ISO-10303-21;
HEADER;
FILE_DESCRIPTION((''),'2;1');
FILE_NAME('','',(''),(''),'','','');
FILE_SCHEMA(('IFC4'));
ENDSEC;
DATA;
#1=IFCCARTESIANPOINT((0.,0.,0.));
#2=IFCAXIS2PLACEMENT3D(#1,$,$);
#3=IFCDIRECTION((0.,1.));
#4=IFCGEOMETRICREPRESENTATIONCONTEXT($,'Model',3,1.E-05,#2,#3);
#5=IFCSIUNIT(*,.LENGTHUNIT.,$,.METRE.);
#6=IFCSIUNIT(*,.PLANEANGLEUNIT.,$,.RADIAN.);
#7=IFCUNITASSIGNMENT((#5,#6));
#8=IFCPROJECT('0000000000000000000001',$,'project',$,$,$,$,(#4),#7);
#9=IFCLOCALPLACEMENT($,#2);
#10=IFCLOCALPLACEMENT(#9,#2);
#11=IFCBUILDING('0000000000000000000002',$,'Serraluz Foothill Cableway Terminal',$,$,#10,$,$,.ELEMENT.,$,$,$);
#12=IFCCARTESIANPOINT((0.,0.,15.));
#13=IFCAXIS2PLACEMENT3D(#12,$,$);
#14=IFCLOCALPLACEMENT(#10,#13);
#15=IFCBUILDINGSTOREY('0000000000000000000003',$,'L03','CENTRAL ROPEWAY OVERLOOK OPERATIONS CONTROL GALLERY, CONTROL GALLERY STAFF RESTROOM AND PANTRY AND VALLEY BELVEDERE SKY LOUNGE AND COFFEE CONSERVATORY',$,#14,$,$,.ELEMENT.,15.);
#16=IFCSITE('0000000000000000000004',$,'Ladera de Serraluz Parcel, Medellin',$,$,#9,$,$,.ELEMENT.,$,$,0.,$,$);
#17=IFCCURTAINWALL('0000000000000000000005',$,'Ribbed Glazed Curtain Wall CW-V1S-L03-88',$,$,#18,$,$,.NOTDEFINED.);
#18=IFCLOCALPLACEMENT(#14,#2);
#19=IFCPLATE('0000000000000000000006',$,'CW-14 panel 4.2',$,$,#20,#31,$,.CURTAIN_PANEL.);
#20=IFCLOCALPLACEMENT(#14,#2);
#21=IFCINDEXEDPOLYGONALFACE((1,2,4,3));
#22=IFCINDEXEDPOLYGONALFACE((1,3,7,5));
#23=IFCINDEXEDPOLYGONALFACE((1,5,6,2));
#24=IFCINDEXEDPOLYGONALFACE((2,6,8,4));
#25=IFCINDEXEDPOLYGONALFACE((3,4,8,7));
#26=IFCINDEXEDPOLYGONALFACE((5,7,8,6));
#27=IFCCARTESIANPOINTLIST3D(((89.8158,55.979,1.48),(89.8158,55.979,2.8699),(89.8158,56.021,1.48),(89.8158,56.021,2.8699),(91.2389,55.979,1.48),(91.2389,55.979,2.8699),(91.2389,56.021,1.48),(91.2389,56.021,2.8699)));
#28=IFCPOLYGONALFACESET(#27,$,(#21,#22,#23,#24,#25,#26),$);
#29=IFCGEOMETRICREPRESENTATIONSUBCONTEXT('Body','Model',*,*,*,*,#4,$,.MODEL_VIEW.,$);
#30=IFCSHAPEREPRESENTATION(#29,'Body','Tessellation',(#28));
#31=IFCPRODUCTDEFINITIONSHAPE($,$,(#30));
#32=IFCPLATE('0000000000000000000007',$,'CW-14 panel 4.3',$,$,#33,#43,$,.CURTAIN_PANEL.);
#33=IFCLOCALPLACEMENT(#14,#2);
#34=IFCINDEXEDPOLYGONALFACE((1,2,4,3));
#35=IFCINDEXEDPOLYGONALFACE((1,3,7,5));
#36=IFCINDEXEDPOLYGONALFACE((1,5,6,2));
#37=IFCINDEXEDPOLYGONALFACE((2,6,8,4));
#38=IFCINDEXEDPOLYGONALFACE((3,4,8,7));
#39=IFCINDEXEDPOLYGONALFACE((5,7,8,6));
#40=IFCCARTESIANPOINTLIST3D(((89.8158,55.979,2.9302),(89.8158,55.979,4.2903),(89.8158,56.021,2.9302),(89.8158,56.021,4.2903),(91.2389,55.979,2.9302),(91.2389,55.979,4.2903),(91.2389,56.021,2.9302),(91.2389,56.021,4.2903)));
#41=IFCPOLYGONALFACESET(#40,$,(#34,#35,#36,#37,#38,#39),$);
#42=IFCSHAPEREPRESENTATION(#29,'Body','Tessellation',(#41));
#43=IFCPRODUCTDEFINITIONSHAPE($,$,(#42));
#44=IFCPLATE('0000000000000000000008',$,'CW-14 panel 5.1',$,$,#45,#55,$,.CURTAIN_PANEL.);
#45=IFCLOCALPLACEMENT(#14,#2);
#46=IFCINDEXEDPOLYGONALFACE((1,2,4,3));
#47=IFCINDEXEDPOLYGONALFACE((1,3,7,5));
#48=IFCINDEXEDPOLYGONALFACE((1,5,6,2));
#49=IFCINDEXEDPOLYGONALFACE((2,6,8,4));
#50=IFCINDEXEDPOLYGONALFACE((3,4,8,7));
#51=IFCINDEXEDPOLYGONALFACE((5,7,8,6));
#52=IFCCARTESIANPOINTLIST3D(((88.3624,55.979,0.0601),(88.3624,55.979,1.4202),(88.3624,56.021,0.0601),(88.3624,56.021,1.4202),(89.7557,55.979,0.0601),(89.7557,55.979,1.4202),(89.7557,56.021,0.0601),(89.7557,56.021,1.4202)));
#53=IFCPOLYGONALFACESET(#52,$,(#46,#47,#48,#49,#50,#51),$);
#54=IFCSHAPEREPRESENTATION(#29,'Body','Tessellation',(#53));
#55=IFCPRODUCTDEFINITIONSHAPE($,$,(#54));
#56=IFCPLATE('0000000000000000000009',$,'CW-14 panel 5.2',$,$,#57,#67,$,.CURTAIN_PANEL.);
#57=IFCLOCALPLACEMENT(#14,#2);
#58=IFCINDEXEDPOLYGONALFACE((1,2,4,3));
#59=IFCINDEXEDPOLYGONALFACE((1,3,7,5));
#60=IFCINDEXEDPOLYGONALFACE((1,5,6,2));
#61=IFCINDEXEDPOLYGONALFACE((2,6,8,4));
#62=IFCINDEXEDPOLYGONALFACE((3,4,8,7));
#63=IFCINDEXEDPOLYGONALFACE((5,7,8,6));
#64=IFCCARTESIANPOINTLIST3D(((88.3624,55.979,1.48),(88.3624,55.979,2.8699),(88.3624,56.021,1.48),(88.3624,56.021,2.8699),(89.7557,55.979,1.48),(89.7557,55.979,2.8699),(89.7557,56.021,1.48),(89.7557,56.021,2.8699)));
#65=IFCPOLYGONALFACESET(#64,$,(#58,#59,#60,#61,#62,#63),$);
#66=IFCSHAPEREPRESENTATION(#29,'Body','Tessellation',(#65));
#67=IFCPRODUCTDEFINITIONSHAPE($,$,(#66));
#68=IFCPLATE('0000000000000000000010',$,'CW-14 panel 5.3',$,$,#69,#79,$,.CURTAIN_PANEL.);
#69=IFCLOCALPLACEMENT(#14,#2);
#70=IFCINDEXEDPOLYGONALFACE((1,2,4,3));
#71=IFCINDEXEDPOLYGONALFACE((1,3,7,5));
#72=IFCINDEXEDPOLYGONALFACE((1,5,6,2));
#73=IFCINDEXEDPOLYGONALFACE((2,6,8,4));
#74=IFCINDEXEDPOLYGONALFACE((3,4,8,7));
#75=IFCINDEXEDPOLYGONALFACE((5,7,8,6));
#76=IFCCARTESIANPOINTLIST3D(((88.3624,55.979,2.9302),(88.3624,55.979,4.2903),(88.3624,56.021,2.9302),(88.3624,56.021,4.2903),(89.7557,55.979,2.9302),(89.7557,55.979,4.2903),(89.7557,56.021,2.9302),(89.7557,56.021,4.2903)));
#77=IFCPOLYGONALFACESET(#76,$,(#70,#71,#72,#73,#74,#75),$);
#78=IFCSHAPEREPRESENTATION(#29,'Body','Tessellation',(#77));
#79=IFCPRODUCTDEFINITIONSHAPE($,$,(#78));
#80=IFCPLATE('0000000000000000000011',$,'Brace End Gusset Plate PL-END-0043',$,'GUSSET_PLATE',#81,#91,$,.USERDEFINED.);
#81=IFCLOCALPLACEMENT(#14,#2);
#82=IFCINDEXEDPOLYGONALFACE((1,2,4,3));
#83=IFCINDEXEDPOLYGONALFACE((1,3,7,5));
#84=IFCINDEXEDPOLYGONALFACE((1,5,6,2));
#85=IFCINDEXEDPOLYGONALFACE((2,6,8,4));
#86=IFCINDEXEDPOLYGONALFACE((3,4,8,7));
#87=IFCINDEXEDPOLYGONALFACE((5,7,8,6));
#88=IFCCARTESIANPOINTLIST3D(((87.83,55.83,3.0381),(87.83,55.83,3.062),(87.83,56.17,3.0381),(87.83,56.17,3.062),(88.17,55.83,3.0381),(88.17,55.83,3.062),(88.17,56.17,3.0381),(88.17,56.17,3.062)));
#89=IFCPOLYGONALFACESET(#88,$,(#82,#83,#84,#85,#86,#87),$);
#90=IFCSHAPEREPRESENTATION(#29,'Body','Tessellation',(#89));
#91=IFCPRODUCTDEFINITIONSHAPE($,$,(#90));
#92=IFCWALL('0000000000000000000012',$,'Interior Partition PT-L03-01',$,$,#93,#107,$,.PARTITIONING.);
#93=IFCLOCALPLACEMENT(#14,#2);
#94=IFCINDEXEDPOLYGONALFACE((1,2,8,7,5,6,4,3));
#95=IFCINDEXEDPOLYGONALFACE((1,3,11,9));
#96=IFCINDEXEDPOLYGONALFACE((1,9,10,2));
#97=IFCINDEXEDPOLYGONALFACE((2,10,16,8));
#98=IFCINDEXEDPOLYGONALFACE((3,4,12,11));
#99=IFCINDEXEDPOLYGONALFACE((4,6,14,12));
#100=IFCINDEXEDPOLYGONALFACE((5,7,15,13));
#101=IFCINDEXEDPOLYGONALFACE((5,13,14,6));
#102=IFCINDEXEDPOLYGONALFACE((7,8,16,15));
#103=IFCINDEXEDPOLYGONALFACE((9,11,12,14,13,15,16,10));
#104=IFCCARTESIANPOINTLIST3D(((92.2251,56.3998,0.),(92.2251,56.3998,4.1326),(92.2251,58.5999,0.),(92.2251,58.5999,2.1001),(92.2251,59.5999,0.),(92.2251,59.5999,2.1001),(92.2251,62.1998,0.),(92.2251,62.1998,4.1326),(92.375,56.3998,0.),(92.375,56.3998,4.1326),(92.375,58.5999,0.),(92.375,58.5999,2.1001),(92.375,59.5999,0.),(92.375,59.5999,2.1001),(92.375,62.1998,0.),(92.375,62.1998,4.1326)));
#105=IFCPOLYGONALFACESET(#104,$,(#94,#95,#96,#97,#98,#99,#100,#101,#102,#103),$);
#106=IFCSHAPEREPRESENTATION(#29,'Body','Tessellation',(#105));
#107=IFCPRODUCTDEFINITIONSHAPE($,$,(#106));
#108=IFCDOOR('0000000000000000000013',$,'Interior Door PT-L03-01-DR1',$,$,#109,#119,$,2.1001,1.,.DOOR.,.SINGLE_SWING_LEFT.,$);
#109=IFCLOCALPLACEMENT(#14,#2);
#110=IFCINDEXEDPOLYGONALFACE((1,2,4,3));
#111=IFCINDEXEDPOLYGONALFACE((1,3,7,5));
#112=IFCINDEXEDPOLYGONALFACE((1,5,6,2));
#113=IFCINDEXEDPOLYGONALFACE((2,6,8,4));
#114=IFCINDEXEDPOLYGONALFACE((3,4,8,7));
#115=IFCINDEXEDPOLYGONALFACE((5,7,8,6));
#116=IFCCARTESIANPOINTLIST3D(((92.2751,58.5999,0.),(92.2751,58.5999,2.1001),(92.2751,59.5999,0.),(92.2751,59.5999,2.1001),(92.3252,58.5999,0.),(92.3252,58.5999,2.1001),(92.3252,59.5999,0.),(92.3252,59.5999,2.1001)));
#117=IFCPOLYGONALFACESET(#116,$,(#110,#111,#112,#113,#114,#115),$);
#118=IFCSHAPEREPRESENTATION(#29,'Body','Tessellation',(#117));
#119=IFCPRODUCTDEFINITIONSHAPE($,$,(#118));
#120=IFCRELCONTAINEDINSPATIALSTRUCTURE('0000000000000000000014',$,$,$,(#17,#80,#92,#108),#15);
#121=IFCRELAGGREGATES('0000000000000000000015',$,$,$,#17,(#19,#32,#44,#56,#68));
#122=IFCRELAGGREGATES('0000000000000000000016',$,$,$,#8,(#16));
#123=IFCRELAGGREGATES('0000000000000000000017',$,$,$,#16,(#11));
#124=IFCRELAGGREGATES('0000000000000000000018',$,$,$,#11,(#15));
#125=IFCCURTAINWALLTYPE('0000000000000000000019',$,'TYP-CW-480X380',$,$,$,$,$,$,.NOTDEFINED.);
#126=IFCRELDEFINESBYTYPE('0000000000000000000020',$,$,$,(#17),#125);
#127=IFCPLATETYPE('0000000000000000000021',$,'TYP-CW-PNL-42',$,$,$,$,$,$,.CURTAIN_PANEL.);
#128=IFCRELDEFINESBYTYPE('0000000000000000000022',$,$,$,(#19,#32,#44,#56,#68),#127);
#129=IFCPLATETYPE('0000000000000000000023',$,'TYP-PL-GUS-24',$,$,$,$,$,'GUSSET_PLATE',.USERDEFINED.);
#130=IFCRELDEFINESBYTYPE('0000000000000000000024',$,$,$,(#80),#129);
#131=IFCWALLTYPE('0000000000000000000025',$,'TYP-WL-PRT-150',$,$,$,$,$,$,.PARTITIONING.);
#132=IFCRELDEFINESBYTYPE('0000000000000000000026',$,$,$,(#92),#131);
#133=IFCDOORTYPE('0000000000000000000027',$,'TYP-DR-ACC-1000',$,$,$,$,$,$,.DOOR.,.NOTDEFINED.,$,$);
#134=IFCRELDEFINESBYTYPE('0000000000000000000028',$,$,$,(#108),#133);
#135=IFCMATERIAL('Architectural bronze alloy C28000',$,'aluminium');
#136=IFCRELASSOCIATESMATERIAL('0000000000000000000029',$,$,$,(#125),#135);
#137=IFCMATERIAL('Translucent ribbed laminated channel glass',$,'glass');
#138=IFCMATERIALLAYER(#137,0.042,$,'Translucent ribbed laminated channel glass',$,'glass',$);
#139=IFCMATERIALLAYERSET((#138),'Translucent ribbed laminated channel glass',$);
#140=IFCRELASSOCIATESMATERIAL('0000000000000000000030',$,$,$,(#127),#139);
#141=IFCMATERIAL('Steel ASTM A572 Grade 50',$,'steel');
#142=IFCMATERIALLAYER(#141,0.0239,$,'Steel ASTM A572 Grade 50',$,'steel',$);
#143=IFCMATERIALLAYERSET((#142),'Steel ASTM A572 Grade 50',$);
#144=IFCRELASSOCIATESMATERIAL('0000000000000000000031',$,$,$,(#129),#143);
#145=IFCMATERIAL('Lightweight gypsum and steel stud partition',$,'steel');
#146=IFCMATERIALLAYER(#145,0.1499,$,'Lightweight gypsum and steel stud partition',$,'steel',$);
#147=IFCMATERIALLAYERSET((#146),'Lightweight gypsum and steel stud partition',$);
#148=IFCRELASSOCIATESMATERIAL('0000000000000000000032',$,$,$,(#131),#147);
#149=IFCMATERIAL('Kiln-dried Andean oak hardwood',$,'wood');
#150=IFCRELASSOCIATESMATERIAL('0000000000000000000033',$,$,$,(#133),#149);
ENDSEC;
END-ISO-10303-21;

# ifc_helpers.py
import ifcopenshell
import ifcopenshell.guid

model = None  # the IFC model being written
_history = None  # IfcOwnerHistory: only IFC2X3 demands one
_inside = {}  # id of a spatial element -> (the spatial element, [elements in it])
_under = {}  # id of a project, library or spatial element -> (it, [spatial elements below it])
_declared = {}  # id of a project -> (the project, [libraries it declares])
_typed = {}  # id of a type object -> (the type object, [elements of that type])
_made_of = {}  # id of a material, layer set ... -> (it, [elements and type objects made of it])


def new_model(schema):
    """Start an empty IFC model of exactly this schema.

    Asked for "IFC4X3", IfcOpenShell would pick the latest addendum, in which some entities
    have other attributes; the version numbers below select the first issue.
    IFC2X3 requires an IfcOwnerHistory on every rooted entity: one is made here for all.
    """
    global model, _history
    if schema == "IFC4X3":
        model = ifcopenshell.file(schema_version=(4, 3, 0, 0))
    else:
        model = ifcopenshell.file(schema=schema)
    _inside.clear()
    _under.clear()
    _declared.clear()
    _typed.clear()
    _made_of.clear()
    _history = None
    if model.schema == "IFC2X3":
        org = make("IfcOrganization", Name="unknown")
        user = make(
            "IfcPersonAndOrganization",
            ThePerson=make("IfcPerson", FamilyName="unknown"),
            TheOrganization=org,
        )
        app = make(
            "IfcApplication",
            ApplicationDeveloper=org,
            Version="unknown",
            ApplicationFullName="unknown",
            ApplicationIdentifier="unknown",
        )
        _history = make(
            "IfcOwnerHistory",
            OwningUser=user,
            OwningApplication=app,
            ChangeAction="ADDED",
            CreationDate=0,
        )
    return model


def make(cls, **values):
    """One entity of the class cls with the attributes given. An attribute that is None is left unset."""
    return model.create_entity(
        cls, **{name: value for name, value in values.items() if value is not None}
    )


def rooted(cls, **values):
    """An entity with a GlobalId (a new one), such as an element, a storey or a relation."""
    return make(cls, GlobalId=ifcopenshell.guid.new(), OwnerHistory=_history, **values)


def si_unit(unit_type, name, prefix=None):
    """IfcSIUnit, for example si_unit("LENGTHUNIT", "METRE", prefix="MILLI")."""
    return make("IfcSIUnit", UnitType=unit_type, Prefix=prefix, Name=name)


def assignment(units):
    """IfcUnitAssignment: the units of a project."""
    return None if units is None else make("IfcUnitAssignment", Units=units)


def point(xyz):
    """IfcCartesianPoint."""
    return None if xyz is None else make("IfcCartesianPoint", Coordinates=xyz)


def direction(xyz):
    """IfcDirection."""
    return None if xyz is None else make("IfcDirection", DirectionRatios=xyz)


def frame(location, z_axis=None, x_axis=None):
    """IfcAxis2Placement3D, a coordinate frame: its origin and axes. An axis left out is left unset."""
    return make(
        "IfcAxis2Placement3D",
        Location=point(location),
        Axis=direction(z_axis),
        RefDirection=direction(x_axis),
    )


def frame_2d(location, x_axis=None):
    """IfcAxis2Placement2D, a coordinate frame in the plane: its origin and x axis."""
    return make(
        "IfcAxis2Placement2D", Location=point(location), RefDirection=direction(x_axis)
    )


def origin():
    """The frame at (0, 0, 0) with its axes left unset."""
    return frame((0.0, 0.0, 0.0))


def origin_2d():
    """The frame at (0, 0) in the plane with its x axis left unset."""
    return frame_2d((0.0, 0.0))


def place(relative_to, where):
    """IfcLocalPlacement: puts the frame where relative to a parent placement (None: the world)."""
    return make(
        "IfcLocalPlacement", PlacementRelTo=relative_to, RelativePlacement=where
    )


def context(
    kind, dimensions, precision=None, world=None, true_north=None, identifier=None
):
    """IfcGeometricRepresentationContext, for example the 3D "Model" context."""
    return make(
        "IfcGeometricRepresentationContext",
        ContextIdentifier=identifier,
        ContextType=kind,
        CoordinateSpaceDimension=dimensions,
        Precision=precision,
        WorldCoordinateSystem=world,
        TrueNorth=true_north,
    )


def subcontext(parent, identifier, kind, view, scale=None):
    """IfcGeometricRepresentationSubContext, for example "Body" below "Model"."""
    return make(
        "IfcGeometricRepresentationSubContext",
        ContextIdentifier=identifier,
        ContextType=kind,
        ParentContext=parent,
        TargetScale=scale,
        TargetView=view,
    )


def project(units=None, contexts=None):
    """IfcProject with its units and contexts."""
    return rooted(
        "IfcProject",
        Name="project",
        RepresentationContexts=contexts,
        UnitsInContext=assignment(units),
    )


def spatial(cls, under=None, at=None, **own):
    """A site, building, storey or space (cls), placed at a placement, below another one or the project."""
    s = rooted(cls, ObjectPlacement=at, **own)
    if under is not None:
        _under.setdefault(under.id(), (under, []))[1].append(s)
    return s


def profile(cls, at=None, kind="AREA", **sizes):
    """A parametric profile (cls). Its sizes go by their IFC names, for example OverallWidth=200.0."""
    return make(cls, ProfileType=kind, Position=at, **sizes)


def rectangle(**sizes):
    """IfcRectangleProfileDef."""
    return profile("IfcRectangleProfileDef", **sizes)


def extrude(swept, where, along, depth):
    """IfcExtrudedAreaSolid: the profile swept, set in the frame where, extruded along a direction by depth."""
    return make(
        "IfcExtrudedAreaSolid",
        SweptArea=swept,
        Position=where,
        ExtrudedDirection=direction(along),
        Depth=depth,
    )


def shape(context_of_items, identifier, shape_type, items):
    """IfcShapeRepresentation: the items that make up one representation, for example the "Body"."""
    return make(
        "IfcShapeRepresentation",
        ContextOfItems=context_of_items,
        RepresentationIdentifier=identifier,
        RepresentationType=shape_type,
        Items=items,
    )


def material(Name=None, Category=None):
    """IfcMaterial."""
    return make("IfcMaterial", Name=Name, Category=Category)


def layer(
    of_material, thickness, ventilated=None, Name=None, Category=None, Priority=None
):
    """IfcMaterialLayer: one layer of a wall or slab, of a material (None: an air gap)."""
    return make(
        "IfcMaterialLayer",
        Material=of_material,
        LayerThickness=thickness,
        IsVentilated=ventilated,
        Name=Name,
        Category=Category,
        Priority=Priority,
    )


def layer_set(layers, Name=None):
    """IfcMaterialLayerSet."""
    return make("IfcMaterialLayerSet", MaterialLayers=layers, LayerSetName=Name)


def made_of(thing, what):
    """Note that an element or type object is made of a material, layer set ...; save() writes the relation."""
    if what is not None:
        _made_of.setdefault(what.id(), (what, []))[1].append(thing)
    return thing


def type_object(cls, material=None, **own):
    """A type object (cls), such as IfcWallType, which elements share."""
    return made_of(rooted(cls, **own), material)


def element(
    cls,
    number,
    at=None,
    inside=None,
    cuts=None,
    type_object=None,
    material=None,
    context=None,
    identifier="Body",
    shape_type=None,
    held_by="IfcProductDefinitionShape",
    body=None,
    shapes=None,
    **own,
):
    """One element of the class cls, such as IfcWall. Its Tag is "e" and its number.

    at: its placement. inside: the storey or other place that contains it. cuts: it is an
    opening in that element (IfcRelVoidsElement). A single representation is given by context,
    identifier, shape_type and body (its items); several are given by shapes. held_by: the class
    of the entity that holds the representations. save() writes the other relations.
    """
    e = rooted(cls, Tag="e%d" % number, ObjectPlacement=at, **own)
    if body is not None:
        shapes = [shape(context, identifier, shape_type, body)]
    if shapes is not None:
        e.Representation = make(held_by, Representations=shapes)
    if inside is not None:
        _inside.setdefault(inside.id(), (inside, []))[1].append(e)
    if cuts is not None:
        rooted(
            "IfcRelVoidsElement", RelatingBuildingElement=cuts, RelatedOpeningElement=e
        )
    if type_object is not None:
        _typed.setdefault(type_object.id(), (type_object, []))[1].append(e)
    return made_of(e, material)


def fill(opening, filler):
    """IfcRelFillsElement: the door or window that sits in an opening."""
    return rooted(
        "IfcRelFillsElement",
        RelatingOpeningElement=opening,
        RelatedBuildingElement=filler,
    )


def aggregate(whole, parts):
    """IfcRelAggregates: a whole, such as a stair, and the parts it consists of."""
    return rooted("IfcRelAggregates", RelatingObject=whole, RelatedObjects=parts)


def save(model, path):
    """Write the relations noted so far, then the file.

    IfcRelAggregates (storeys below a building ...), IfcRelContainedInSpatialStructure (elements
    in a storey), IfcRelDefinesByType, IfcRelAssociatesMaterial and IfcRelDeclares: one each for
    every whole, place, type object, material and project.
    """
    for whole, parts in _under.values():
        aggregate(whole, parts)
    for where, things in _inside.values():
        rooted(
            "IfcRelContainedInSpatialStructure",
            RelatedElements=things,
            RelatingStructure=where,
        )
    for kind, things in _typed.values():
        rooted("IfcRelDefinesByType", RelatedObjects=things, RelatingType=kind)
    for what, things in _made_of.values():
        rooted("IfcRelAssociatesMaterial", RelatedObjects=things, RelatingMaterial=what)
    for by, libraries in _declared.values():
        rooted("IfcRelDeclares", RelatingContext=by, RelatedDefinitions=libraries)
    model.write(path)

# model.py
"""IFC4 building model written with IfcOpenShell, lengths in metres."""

from ifc_helpers import new_model, si_unit, direction, frame, frame_2d, origin, origin_2d, place, context, subcontext, project, spatial, rectangle, extrude, material, layer, layer_set, type_object, element, fill, aggregate, save


model = new_model("IFC4")

# Units and contexts
model_context = context("Model", 3, precision=1e-05, world=origin(), true_north=direction((0.0, 1.0)))
body_context = subcontext(model_context, "Body", "Model", "MODEL_VIEW")
ifc_project = project(units=[si_unit("LENGTHUNIT", "METRE"), si_unit("PLANEANGLEUNIT", "RADIAN")], contexts=[model_context])

# Site, building, storey
site_placement = place(None, origin())
site = spatial("IfcSite", under=ifc_project, at=site_placement, Name="Ladera de Serraluz Parcel, Medellin", CompositionType="ELEMENT", RefElevation=0.0)
building_placement = place(site_placement, origin())
building = spatial("IfcBuilding", under=site, at=building_placement, Name="Serraluz Foothill Cableway Terminal", CompositionType="ELEMENT")
storey_placement = place(building_placement, frame((0.0, 0.0, 15.0)))
storey = spatial("IfcBuildingStorey", under=building, at=storey_placement, Name="L03", Description="CENTRAL ROPEWAY OVERLOOK OPERATIONS CONTROL GALLERY, CONTROL GALLERY STAFF RESTROOM AND PANTRY AND VALLEY BELVEDERE SKY LOUNGE AND COFFEE CONSERVATORY", CompositionType="ELEMENT", Elevation=15.0)

# Shared definitions
ifc_material_1 = material(Name="Architectural bronze alloy C28000", Category="aluminium")

# Curtain wall
curtain_wall_type_1 = type_object("IfcCurtainWallType", Name="TYP-CW-480X380", PredefinedType="NOTDEFINED", material=ifc_material_1)
curtain_wall_1_placement = place(storey_placement, origin())
curtain_wall_1 = element("IfcCurtainWall", 1, at=curtain_wall_1_placement, inside=storey, type_object=curtain_wall_type_1, Name="Ribbed Glazed Curtain Wall CW-V1S-L03-88", PredefinedType="NOTDEFINED")

# Shared definitions
ifc_material_2 = material(Name="Steel ASTM A572 Grade 50", Category="steel")

# Plates
ifc_material_3 = material(Name="Translucent ribbed laminated channel glass", Category="glass")
ifc_layer_1 = layer(ifc_material_3, 0.042, Name="Translucent ribbed laminated channel glass", Category="glass")
ifc_layer_set_1 = layer_set([ifc_layer_1], Name="Translucent ribbed laminated channel glass")
plate_type_1 = type_object("IfcPlateType", Name="TYP-CW-PNL-42", PredefinedType="CURTAIN_PANEL", material=ifc_layer_set_1)
plate_1_placement = place(storey_placement, frame((90.5273, 56.0, 1.48), z_axis=(0.0, 0.0, 1.0), x_axis=(-1.0, 0.0, 0.0)))
plate_1 = element("IfcPlate", 2, at=plate_1_placement, type_object=plate_type_1, Name="CW-14 panel 4.2", PredefinedType="CURTAIN_PANEL", context=body_context, shape_type="SweptSolid", body=[
    extrude(rectangle(XDim=1.4231, YDim=0.042, at=origin_2d()), origin(), (0.0, 0.0, 1.0), 1.3899),
])
plate_2_placement = place(storey_placement, frame((90.5273, 56.0, 2.9302), z_axis=(0.0, 0.0, 1.0), x_axis=(-1.0, 0.0, 0.0)))
plate_2 = element("IfcPlate", 3, at=plate_2_placement, type_object=plate_type_1, Name="CW-14 panel 4.3", PredefinedType="CURTAIN_PANEL", context=body_context, shape_type="SweptSolid", body=[
    extrude(rectangle(XDim=1.4231, YDim=0.042, at=origin_2d()), origin(), (0.0, 0.0, 1.0), 1.3601),
])
plate_3_placement = place(storey_placement, frame((89.0591, 56.0, 0.0601), z_axis=(0.0, 0.0, 1.0), x_axis=(-1.0, 0.0, 0.0)))
plate_3 = element("IfcPlate", 4, at=plate_3_placement, type_object=plate_type_1, Name="CW-14 panel 5.1", PredefinedType="CURTAIN_PANEL", context=body_context, shape_type="SweptSolid", body=[
    extrude(rectangle(XDim=1.3933, YDim=0.042, at=origin_2d()), origin(), (0.0, 0.0, 1.0), 1.3601),
])
plate_4_placement = place(storey_placement, frame((89.0591, 56.0, 1.48), z_axis=(0.0, 0.0, 1.0), x_axis=(-1.0, 0.0, 0.0)))
plate_4 = element("IfcPlate", 5, at=plate_4_placement, type_object=plate_type_1, Name="CW-14 panel 5.2", PredefinedType="CURTAIN_PANEL", context=body_context, shape_type="SweptSolid", body=[
    extrude(rectangle(XDim=1.3933, YDim=0.042, at=origin_2d()), origin(), (0.0, 0.0, 1.0), 1.3899),
])
plate_5_placement = place(storey_placement, frame((89.0591, 56.0, 2.9302), z_axis=(0.0, 0.0, 1.0), x_axis=(-1.0, 0.0, 0.0)))
plate_5 = element("IfcPlate", 6, at=plate_5_placement, type_object=plate_type_1, Name="CW-14 panel 5.3", PredefinedType="CURTAIN_PANEL", context=body_context, shape_type="SweptSolid", body=[
    extrude(rectangle(XDim=1.3933, YDim=0.042, at=origin_2d()), origin(), (0.0, 0.0, 1.0), 1.3601),
])
aggregate(curtain_wall_1, [plate_1, plate_2, plate_3, plate_4, plate_5])
ifc_layer_2 = layer(ifc_material_2, 0.0239, Name="Steel ASTM A572 Grade 50", Category="steel")
ifc_layer_set_2 = layer_set([ifc_layer_2], Name="Steel ASTM A572 Grade 50")
plate_type_2 = type_object("IfcPlateType", Name="TYP-PL-GUS-24", ElementType="GUSSET_PLATE", PredefinedType="USERDEFINED", material=ifc_layer_set_2)
plate_6_placement = place(storey_placement, frame((88.0, 56.0, 3.0381), z_axis=(0.0, 0.0, 1.0), x_axis=(1.0, 0.0, 0.0)))
element("IfcPlate", 7, at=plate_6_placement, inside=storey, type_object=plate_type_2, Name="Brace End Gusset Plate PL-END-0043", ObjectType="GUSSET_PLATE", PredefinedType="USERDEFINED", context=body_context, shape_type="SweptSolid", body=[
    extrude(rectangle(XDim=0.3401, YDim=0.3401, at=origin_2d()), origin(), (0.0, 0.0, 1.0), 0.0239),
])

# Wall, opening, door
ifc_material_4 = material(Name="Lightweight gypsum and steel stud partition", Category="steel")
ifc_layer_3 = layer(ifc_material_4, 0.1499, Name="Lightweight gypsum and steel stud partition", Category="steel")
ifc_layer_set_3 = layer_set([ifc_layer_3], Name="Lightweight gypsum and steel stud partition")
wall_type = type_object("IfcWallType", Name="TYP-WL-PRT-150", PredefinedType="PARTITIONING", material=ifc_layer_set_3)
wall_placement = place(storey_placement, frame((92.3, 56.3999, 0.0), z_axis=(0.0, 0.0, 1.0), x_axis=(0.0, 1.0, 0.0)))
wall = element("IfcWall", 8, at=wall_placement, inside=storey, type_object=wall_type, Name="Interior Partition PT-L03-01", PredefinedType="PARTITIONING", context=body_context, shape_type="SweptSolid", body=[
    extrude(rectangle(XDim=5.8, YDim=0.1499, at=frame_2d((2.8999, 0.0))), origin(), (0.0, 0.0, 1.0), 4.1326),
])
opening_placement = place(wall_placement, frame((2.2, 0.0, 0.0)))
opening = element("IfcOpeningElement", 9, at=opening_placement, cuts=wall, PredefinedType="OPENING", context=body_context, shape_type="SweptSolid", body=[
    extrude(rectangle(XDim=1.0, YDim=2.1001, at=frame_2d((0.5, 1.05))), frame((0.0, 0.085, 0.0), z_axis=(0.0, -1.0, 0.0), x_axis=(1.0, 0.0, 0.0)), (0.0, 0.0, 1.0), 0.1699),
])
ifc_material_5 = material(Name="Kiln-dried Andean oak hardwood", Category="wood")
door_type = type_object("IfcDoorType", Name="TYP-DR-ACC-1000", OperationType="NOTDEFINED", PredefinedType="DOOR", material=ifc_material_5)
door_placement = place(opening_placement, origin())
door = element("IfcDoor", 10, at=door_placement, inside=storey, type_object=door_type, Name="Interior Door PT-L03-01-DR1", OperationType="SINGLE_SWING_LEFT", OverallHeight=2.1001, OverallWidth=1.0, PredefinedType="DOOR", context=body_context, shape_type="SweptSolid", body=[
    extrude(rectangle(XDim=1.0, YDim=2.1001, at=frame_2d((0.5, 1.05))), frame((0.0, 0.0249, 0.0), z_axis=(0.0, -1.0, 0.0), x_axis=(1.0, 0.0, 0.0)), (0.0, 0.0, 1.0), 0.05),
])
fill(opening, door)

save(model, "model.ifc")
